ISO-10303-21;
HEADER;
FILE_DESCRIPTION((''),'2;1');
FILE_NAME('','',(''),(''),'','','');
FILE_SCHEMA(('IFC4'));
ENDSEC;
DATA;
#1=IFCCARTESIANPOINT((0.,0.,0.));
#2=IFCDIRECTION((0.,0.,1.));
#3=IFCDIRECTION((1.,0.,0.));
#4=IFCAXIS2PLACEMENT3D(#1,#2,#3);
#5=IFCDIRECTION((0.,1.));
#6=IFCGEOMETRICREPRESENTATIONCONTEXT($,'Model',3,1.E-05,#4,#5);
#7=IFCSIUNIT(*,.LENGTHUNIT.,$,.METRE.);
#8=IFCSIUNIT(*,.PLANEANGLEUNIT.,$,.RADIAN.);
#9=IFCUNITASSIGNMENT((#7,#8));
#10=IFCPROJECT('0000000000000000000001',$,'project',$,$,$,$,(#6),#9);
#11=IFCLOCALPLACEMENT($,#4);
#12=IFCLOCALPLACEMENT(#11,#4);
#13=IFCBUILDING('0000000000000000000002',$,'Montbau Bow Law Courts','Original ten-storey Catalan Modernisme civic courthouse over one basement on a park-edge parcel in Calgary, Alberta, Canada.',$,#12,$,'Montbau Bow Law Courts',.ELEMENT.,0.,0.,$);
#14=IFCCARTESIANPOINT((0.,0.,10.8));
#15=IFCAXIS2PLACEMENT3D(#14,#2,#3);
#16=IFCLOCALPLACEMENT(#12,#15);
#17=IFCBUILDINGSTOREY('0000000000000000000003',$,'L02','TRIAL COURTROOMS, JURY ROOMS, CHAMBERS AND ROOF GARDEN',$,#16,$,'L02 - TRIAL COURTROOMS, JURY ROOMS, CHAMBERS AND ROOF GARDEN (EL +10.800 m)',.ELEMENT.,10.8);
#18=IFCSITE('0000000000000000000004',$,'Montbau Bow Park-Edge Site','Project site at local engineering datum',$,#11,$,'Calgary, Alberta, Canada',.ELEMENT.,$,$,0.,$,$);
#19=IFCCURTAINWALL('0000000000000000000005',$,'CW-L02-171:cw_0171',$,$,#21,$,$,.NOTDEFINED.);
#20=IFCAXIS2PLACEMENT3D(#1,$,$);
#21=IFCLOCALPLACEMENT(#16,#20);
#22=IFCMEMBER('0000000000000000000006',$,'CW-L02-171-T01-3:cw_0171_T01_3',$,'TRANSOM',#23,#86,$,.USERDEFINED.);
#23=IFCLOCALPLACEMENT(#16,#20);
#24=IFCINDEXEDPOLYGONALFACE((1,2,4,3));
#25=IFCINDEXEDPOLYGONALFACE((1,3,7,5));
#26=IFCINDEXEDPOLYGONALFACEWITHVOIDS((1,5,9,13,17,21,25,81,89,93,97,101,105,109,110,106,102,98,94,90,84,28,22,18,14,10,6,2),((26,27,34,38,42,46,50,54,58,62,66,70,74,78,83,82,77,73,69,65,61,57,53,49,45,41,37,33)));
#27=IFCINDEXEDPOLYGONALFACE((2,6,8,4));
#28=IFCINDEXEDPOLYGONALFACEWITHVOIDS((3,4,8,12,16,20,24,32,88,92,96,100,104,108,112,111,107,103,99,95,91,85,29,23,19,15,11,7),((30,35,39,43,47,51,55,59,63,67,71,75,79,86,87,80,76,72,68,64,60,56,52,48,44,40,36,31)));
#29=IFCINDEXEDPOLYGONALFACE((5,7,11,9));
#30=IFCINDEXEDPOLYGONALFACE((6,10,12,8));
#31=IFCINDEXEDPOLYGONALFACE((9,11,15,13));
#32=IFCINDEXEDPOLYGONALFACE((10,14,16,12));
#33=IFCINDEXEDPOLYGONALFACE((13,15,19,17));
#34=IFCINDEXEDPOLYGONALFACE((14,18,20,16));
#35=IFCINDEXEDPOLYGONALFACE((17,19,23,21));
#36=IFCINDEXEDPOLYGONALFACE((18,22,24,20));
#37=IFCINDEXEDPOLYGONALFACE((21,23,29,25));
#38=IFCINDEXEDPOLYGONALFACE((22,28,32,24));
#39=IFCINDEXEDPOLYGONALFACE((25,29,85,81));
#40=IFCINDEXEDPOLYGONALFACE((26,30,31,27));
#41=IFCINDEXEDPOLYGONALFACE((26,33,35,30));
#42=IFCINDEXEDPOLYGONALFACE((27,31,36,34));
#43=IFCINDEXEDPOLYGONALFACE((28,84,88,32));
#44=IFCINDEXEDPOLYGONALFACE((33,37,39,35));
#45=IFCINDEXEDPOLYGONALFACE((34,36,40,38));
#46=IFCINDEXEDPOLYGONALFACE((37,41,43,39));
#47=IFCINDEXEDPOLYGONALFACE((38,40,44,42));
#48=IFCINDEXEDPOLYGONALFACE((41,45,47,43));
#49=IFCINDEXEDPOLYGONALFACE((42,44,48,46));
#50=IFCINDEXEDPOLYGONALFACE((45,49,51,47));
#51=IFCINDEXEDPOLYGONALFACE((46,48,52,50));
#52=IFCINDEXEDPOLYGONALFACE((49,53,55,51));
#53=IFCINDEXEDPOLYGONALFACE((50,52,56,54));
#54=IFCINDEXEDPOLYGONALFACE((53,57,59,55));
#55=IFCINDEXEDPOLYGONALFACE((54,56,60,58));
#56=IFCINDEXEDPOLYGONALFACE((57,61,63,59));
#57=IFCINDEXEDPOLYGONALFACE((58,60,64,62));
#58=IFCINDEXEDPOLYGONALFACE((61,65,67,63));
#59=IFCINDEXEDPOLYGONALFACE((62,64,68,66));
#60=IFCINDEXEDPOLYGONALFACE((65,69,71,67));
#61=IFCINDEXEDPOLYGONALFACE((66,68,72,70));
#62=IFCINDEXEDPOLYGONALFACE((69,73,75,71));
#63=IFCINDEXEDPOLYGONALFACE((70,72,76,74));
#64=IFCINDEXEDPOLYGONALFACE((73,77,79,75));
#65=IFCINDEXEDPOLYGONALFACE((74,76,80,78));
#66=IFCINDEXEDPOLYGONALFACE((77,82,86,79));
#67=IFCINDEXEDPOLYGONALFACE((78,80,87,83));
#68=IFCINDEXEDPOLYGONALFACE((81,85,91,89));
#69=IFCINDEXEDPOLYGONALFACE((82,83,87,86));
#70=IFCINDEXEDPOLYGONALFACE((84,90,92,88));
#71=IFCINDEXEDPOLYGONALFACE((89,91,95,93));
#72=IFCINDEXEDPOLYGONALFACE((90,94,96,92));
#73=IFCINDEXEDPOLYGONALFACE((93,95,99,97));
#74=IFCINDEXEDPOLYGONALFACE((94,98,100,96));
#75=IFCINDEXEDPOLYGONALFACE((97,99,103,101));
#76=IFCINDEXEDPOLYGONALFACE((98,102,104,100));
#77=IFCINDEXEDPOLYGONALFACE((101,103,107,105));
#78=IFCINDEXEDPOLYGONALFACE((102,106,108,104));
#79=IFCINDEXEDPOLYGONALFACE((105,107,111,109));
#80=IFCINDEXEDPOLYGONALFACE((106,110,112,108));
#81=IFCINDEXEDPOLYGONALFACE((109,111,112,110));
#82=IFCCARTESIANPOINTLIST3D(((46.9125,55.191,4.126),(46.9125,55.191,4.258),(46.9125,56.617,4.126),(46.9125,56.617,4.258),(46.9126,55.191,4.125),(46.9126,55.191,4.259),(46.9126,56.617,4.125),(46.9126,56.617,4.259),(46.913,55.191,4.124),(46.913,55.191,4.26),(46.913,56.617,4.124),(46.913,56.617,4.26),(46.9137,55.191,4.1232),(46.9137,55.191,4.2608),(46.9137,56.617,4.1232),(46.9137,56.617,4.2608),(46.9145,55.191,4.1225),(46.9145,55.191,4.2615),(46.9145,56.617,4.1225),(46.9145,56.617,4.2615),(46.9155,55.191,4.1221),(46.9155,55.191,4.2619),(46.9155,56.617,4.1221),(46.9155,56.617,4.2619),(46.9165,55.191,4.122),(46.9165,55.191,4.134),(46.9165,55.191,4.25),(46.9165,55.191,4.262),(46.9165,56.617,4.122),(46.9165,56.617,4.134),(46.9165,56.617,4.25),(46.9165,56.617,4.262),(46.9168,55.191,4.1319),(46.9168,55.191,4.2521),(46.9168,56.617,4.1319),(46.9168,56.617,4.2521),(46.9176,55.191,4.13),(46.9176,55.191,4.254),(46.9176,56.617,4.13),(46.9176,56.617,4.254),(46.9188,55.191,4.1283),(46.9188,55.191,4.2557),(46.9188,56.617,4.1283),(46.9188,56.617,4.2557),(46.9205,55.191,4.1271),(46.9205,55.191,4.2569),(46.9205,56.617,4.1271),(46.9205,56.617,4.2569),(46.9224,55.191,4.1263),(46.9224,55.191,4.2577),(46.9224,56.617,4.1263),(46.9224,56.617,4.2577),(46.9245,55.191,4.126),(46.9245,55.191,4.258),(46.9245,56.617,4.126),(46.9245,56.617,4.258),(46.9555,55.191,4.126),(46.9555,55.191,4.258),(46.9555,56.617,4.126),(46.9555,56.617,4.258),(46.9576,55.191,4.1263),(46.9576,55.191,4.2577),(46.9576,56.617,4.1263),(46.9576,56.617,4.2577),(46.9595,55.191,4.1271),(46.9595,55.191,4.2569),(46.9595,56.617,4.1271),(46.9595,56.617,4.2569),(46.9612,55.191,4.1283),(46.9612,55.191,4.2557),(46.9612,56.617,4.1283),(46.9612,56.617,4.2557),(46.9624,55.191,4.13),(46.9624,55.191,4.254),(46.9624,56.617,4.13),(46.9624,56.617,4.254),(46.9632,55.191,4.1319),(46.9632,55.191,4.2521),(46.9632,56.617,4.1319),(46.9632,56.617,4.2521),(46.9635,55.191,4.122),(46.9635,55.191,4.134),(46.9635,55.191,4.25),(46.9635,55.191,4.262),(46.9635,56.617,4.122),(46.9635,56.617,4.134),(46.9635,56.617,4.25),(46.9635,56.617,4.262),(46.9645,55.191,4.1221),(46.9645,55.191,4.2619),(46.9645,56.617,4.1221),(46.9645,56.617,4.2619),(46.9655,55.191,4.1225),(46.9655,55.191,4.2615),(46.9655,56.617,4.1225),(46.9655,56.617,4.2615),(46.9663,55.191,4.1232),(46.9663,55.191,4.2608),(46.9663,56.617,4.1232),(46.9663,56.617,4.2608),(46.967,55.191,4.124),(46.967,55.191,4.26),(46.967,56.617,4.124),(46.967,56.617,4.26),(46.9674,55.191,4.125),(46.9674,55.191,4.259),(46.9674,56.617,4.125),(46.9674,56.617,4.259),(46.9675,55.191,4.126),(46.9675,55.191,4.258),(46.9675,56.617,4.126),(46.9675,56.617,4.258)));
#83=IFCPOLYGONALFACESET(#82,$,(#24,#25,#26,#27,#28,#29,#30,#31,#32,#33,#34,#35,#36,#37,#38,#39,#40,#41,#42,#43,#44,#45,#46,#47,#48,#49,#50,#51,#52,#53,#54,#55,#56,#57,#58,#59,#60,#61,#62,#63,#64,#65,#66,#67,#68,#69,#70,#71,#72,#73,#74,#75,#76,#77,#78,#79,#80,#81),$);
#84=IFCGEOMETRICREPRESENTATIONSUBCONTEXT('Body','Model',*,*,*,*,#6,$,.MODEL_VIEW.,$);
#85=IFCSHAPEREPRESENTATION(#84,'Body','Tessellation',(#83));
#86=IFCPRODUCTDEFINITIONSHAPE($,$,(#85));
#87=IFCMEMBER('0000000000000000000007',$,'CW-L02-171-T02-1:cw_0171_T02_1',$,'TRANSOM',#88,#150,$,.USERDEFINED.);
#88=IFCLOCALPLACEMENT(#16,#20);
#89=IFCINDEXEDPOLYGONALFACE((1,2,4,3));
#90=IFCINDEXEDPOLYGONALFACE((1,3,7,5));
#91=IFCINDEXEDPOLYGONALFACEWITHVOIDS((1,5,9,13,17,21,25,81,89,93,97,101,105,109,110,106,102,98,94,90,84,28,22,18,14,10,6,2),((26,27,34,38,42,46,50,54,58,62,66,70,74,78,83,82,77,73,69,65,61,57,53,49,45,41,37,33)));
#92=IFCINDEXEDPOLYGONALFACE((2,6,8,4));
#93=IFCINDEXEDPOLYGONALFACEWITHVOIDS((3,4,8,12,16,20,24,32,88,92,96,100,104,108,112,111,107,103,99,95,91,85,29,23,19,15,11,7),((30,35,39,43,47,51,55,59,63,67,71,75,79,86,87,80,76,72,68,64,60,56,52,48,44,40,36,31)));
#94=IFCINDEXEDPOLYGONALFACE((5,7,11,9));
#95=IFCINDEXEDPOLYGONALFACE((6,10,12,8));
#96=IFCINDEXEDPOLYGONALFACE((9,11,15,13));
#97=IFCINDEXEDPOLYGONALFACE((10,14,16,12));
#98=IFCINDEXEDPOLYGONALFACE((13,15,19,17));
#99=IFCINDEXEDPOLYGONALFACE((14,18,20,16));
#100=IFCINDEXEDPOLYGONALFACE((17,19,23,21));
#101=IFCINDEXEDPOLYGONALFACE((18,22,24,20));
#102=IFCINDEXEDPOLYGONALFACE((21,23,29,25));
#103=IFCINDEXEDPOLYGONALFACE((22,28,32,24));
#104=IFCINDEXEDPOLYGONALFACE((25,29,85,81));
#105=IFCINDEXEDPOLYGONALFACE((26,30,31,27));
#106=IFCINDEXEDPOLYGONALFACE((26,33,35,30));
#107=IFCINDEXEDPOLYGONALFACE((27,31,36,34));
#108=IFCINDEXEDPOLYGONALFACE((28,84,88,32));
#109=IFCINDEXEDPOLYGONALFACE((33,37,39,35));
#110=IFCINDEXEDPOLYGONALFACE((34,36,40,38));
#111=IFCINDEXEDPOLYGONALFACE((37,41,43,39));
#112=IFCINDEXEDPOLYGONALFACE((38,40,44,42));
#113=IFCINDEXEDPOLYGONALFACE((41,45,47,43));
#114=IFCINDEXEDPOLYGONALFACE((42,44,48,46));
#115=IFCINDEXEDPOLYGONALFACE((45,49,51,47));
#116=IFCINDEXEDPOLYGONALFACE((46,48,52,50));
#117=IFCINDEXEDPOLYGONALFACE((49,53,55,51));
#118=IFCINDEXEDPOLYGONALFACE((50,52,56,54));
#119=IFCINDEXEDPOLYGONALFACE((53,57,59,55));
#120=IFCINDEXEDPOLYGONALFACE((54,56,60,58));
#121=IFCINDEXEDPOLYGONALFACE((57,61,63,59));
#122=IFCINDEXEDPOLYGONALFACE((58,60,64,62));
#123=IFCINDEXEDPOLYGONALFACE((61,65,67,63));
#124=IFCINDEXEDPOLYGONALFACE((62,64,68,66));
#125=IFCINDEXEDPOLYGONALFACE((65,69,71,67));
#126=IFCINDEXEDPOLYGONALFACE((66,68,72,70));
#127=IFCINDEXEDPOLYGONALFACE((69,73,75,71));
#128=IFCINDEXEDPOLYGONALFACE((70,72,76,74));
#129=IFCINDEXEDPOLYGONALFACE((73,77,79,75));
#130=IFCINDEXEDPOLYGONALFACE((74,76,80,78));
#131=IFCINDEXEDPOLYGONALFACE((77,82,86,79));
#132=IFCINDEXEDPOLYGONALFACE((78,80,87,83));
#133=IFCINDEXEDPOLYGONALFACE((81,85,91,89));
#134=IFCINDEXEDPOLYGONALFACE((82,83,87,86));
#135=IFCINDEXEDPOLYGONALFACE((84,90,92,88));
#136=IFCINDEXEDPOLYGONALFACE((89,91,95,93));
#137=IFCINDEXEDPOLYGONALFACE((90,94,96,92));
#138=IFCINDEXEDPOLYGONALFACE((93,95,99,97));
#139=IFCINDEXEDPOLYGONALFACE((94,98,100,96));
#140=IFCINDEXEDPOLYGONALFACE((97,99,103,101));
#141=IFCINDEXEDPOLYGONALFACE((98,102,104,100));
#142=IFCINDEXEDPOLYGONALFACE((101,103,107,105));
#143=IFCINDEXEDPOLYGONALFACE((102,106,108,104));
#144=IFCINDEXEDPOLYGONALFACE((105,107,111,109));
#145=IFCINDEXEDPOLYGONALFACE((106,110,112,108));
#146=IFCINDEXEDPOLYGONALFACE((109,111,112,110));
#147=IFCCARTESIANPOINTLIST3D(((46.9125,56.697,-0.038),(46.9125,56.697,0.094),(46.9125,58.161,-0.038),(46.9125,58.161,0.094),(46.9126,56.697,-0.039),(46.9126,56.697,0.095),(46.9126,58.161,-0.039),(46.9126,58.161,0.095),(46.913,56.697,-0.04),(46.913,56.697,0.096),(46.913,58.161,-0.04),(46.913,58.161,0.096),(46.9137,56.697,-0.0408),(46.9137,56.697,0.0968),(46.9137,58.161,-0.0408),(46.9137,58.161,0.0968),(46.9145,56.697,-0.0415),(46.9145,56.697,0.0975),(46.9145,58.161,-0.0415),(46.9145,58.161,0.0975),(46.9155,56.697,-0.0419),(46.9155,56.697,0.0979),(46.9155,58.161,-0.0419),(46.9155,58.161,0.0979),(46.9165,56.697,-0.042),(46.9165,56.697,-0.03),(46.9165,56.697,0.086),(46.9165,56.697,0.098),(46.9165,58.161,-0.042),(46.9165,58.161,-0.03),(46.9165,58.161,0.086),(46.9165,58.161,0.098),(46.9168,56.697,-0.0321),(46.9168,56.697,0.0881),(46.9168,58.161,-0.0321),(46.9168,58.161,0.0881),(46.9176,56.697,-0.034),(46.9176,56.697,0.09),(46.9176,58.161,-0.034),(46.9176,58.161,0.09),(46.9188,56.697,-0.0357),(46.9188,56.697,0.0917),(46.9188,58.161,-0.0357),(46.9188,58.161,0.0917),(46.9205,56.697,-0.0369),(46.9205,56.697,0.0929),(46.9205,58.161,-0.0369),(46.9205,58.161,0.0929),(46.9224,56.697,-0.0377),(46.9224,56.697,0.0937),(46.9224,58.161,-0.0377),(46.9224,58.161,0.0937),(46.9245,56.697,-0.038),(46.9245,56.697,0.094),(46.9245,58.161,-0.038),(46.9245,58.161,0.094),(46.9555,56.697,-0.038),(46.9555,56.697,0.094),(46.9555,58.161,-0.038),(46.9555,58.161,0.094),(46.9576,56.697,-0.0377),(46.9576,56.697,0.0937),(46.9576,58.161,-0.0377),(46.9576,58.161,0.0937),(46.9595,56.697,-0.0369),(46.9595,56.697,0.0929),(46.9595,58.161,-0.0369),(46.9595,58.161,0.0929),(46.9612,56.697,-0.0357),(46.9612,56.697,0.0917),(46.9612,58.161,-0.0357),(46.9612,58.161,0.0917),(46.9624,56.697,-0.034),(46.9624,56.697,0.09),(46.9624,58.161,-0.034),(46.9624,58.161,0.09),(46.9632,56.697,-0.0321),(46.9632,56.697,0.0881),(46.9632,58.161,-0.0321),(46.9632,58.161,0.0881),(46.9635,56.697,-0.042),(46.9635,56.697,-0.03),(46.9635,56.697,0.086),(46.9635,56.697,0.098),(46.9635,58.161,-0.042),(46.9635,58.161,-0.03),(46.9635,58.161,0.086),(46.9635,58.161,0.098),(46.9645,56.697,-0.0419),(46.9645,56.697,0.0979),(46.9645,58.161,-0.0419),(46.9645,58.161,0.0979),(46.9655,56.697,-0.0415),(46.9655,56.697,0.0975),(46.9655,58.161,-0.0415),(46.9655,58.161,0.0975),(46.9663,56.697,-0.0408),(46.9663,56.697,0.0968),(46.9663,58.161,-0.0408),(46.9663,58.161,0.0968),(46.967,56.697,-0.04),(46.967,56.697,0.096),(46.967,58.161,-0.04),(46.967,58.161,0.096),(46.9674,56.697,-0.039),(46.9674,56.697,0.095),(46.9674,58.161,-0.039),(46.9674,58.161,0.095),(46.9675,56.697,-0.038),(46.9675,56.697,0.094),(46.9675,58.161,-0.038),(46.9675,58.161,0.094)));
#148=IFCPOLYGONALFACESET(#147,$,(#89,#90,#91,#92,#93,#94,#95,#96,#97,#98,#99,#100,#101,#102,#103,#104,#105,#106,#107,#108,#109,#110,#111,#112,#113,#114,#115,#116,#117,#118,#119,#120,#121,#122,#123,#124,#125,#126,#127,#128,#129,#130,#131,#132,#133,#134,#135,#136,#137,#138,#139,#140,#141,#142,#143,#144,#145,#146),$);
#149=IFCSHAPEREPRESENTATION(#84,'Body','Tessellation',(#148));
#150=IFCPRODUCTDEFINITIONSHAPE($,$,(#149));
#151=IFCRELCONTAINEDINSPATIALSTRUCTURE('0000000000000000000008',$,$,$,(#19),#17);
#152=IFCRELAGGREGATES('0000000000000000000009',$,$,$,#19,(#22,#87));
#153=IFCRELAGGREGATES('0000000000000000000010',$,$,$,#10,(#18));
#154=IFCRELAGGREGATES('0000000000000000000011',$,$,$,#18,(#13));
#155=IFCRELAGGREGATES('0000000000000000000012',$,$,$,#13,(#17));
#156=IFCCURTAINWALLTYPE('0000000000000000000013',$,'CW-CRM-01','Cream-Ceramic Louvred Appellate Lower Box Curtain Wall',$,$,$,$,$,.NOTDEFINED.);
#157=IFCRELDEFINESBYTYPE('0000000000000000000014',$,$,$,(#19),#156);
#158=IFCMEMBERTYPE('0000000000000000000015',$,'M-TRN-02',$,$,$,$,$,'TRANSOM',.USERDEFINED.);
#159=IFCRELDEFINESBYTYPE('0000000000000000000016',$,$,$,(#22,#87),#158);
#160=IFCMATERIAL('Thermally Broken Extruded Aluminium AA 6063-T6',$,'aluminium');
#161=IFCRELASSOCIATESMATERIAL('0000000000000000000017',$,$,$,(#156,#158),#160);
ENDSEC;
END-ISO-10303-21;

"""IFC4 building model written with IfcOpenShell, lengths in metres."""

from ifc_helpers import new_model, si_unit, direction, frame, origin_with_axes, origin_2d_with_axis, place, context, subcontext, project, spatial, hollow_rectangle, extrude, material, material_profile, profile_set, type_object, element, aggregate, save


model = new_model("IFC4")

# Units and contexts
model_context = context("Model", 3, precision=1e-05, world=origin_with_axes(), true_north=direction((0.0, 1.0)))
body_context = subcontext(model_context, "Body", "Model", "MODEL_VIEW")
ifc_project = project(units=[si_unit("LENGTHUNIT", "METRE"), si_unit("PLANEANGLEUNIT", "RADIAN")], contexts=[model_context])

# Site, building, storey
site_placement = place(None, origin_with_axes())
site = spatial("IfcSite", under=ifc_project, at=site_placement, Name="Montbau Bow Park-Edge Site", Description="Project site at local engineering datum", LongName="Calgary, Alberta, Canada", CompositionType="ELEMENT", RefElevation=0.0)
building_placement = place(site_placement, origin_with_axes())
building = spatial("IfcBuilding", under=site, at=building_placement, Name="Montbau Bow Law Courts", Description="Original ten-storey Catalan Modernisme civic courthouse over one basement on a park-edge parcel in Calgary, Alberta, Canada.", LongName="Montbau Bow Law Courts", CompositionType="ELEMENT", ElevationOfRefHeight=0.0, ElevationOfTerrain=0.0)
storey_placement = place(building_placement, frame((0.0, 0.0, 10.8), z_axis=(0.0, 0.0, 1.0), x_axis=(1.0, 0.0, 0.0)))
storey = spatial("IfcBuildingStorey", under=building, at=storey_placement, Name="L02", Description="TRIAL COURTROOMS, JURY ROOMS, CHAMBERS AND ROOF GARDEN", LongName="L02 - TRIAL COURTROOMS, JURY ROOMS, CHAMBERS AND ROOF GARDEN (EL +10.800 m)", CompositionType="ELEMENT", Elevation=10.8)

# Curtain wall, members
ifc_material_1 = material(Name="Thermally Broken Extruded Aluminium AA 6063-T6", Category="aluminium")
curtain_wall_type = type_object("IfcCurtainWallType", Name="CW-CRM-01", Description="Cream-Ceramic Louvred Appellate Lower Box Curtain Wall", PredefinedType="NOTDEFINED", material=ifc_material_1)
curtain_wall_placement = place(None, frame((46.94, 55.115, 10.8), z_axis=(0.0, 0.0, 1.0), x_axis=(1.0, 0.0, 0.0)))
curtain_wall = element("IfcCurtainWall", 1, at=curtain_wall_placement, inside=storey, type_object=curtain_wall_type, Name="CW-L02-171:cw_0171", PredefinedType="NOTDEFINED")
ifc_material_profile_1 = material_profile(ifc_material_1, hollow_rectangle(XDim=0.055, YDim=0.14, WallThickness=0.004, InnerFilletRadius=0.008, OuterFilletRadius=0.004, at=origin_2d_with_axis()), Name="CWT-140X55", Category="Main", Priority=0)
ifc_profile_set_1 = profile_set([ifc_material_profile_1], Name="Thermally Broken Extruded Aluminium AA 6063-T6")
member_type_1 = type_object("IfcMemberType", Name="M-TRN-02", ElementType="TRANSOM", PredefinedType="USERDEFINED", material=ifc_profile_set_1)
member_1_placement = place(None, frame((46.94, 55.191, 14.992), z_axis=(0.0, 1.0, 0.0), x_axis=(-1.0, 0.0, 0.0)))
member_1 = element("IfcMember", 2, at=member_1_placement, type_object=member_type_1, Name="CW-L02-171-T01-3:cw_0171_T01_3", ObjectType="TRANSOM", PredefinedType="USERDEFINED", context=body_context, shape_type="SweptSolid", body=[
    extrude(hollow_rectangle(XDim=0.055, YDim=0.14, WallThickness=0.004, InnerFilletRadius=0.008, OuterFilletRadius=0.004, at=origin_2d_with_axis()), origin_with_axes(), (0.0, 0.0, 1.0), 1.426),
])
member_2_placement = place(None, frame((46.94, 56.697, 10.828), z_axis=(0.0, 1.0, 0.0), x_axis=(-1.0, 0.0, 0.0)))
member_2 = element("IfcMember", 3, at=member_2_placement, type_object=member_type_1, Name="CW-L02-171-T02-1:cw_0171_T02_1", ObjectType="TRANSOM", PredefinedType="USERDEFINED", context=body_context, shape_type="SweptSolid", body=[
    extrude(hollow_rectangle(XDim=0.055, YDim=0.14, WallThickness=0.004, InnerFilletRadius=0.008, OuterFilletRadius=0.004, at=origin_2d_with_axis()), origin_with_axes(), (0.0, 0.0, 1.0), 1.464),
])
aggregate(curtain_wall, [member_1, member_2])

save(model, "model.ifc")
